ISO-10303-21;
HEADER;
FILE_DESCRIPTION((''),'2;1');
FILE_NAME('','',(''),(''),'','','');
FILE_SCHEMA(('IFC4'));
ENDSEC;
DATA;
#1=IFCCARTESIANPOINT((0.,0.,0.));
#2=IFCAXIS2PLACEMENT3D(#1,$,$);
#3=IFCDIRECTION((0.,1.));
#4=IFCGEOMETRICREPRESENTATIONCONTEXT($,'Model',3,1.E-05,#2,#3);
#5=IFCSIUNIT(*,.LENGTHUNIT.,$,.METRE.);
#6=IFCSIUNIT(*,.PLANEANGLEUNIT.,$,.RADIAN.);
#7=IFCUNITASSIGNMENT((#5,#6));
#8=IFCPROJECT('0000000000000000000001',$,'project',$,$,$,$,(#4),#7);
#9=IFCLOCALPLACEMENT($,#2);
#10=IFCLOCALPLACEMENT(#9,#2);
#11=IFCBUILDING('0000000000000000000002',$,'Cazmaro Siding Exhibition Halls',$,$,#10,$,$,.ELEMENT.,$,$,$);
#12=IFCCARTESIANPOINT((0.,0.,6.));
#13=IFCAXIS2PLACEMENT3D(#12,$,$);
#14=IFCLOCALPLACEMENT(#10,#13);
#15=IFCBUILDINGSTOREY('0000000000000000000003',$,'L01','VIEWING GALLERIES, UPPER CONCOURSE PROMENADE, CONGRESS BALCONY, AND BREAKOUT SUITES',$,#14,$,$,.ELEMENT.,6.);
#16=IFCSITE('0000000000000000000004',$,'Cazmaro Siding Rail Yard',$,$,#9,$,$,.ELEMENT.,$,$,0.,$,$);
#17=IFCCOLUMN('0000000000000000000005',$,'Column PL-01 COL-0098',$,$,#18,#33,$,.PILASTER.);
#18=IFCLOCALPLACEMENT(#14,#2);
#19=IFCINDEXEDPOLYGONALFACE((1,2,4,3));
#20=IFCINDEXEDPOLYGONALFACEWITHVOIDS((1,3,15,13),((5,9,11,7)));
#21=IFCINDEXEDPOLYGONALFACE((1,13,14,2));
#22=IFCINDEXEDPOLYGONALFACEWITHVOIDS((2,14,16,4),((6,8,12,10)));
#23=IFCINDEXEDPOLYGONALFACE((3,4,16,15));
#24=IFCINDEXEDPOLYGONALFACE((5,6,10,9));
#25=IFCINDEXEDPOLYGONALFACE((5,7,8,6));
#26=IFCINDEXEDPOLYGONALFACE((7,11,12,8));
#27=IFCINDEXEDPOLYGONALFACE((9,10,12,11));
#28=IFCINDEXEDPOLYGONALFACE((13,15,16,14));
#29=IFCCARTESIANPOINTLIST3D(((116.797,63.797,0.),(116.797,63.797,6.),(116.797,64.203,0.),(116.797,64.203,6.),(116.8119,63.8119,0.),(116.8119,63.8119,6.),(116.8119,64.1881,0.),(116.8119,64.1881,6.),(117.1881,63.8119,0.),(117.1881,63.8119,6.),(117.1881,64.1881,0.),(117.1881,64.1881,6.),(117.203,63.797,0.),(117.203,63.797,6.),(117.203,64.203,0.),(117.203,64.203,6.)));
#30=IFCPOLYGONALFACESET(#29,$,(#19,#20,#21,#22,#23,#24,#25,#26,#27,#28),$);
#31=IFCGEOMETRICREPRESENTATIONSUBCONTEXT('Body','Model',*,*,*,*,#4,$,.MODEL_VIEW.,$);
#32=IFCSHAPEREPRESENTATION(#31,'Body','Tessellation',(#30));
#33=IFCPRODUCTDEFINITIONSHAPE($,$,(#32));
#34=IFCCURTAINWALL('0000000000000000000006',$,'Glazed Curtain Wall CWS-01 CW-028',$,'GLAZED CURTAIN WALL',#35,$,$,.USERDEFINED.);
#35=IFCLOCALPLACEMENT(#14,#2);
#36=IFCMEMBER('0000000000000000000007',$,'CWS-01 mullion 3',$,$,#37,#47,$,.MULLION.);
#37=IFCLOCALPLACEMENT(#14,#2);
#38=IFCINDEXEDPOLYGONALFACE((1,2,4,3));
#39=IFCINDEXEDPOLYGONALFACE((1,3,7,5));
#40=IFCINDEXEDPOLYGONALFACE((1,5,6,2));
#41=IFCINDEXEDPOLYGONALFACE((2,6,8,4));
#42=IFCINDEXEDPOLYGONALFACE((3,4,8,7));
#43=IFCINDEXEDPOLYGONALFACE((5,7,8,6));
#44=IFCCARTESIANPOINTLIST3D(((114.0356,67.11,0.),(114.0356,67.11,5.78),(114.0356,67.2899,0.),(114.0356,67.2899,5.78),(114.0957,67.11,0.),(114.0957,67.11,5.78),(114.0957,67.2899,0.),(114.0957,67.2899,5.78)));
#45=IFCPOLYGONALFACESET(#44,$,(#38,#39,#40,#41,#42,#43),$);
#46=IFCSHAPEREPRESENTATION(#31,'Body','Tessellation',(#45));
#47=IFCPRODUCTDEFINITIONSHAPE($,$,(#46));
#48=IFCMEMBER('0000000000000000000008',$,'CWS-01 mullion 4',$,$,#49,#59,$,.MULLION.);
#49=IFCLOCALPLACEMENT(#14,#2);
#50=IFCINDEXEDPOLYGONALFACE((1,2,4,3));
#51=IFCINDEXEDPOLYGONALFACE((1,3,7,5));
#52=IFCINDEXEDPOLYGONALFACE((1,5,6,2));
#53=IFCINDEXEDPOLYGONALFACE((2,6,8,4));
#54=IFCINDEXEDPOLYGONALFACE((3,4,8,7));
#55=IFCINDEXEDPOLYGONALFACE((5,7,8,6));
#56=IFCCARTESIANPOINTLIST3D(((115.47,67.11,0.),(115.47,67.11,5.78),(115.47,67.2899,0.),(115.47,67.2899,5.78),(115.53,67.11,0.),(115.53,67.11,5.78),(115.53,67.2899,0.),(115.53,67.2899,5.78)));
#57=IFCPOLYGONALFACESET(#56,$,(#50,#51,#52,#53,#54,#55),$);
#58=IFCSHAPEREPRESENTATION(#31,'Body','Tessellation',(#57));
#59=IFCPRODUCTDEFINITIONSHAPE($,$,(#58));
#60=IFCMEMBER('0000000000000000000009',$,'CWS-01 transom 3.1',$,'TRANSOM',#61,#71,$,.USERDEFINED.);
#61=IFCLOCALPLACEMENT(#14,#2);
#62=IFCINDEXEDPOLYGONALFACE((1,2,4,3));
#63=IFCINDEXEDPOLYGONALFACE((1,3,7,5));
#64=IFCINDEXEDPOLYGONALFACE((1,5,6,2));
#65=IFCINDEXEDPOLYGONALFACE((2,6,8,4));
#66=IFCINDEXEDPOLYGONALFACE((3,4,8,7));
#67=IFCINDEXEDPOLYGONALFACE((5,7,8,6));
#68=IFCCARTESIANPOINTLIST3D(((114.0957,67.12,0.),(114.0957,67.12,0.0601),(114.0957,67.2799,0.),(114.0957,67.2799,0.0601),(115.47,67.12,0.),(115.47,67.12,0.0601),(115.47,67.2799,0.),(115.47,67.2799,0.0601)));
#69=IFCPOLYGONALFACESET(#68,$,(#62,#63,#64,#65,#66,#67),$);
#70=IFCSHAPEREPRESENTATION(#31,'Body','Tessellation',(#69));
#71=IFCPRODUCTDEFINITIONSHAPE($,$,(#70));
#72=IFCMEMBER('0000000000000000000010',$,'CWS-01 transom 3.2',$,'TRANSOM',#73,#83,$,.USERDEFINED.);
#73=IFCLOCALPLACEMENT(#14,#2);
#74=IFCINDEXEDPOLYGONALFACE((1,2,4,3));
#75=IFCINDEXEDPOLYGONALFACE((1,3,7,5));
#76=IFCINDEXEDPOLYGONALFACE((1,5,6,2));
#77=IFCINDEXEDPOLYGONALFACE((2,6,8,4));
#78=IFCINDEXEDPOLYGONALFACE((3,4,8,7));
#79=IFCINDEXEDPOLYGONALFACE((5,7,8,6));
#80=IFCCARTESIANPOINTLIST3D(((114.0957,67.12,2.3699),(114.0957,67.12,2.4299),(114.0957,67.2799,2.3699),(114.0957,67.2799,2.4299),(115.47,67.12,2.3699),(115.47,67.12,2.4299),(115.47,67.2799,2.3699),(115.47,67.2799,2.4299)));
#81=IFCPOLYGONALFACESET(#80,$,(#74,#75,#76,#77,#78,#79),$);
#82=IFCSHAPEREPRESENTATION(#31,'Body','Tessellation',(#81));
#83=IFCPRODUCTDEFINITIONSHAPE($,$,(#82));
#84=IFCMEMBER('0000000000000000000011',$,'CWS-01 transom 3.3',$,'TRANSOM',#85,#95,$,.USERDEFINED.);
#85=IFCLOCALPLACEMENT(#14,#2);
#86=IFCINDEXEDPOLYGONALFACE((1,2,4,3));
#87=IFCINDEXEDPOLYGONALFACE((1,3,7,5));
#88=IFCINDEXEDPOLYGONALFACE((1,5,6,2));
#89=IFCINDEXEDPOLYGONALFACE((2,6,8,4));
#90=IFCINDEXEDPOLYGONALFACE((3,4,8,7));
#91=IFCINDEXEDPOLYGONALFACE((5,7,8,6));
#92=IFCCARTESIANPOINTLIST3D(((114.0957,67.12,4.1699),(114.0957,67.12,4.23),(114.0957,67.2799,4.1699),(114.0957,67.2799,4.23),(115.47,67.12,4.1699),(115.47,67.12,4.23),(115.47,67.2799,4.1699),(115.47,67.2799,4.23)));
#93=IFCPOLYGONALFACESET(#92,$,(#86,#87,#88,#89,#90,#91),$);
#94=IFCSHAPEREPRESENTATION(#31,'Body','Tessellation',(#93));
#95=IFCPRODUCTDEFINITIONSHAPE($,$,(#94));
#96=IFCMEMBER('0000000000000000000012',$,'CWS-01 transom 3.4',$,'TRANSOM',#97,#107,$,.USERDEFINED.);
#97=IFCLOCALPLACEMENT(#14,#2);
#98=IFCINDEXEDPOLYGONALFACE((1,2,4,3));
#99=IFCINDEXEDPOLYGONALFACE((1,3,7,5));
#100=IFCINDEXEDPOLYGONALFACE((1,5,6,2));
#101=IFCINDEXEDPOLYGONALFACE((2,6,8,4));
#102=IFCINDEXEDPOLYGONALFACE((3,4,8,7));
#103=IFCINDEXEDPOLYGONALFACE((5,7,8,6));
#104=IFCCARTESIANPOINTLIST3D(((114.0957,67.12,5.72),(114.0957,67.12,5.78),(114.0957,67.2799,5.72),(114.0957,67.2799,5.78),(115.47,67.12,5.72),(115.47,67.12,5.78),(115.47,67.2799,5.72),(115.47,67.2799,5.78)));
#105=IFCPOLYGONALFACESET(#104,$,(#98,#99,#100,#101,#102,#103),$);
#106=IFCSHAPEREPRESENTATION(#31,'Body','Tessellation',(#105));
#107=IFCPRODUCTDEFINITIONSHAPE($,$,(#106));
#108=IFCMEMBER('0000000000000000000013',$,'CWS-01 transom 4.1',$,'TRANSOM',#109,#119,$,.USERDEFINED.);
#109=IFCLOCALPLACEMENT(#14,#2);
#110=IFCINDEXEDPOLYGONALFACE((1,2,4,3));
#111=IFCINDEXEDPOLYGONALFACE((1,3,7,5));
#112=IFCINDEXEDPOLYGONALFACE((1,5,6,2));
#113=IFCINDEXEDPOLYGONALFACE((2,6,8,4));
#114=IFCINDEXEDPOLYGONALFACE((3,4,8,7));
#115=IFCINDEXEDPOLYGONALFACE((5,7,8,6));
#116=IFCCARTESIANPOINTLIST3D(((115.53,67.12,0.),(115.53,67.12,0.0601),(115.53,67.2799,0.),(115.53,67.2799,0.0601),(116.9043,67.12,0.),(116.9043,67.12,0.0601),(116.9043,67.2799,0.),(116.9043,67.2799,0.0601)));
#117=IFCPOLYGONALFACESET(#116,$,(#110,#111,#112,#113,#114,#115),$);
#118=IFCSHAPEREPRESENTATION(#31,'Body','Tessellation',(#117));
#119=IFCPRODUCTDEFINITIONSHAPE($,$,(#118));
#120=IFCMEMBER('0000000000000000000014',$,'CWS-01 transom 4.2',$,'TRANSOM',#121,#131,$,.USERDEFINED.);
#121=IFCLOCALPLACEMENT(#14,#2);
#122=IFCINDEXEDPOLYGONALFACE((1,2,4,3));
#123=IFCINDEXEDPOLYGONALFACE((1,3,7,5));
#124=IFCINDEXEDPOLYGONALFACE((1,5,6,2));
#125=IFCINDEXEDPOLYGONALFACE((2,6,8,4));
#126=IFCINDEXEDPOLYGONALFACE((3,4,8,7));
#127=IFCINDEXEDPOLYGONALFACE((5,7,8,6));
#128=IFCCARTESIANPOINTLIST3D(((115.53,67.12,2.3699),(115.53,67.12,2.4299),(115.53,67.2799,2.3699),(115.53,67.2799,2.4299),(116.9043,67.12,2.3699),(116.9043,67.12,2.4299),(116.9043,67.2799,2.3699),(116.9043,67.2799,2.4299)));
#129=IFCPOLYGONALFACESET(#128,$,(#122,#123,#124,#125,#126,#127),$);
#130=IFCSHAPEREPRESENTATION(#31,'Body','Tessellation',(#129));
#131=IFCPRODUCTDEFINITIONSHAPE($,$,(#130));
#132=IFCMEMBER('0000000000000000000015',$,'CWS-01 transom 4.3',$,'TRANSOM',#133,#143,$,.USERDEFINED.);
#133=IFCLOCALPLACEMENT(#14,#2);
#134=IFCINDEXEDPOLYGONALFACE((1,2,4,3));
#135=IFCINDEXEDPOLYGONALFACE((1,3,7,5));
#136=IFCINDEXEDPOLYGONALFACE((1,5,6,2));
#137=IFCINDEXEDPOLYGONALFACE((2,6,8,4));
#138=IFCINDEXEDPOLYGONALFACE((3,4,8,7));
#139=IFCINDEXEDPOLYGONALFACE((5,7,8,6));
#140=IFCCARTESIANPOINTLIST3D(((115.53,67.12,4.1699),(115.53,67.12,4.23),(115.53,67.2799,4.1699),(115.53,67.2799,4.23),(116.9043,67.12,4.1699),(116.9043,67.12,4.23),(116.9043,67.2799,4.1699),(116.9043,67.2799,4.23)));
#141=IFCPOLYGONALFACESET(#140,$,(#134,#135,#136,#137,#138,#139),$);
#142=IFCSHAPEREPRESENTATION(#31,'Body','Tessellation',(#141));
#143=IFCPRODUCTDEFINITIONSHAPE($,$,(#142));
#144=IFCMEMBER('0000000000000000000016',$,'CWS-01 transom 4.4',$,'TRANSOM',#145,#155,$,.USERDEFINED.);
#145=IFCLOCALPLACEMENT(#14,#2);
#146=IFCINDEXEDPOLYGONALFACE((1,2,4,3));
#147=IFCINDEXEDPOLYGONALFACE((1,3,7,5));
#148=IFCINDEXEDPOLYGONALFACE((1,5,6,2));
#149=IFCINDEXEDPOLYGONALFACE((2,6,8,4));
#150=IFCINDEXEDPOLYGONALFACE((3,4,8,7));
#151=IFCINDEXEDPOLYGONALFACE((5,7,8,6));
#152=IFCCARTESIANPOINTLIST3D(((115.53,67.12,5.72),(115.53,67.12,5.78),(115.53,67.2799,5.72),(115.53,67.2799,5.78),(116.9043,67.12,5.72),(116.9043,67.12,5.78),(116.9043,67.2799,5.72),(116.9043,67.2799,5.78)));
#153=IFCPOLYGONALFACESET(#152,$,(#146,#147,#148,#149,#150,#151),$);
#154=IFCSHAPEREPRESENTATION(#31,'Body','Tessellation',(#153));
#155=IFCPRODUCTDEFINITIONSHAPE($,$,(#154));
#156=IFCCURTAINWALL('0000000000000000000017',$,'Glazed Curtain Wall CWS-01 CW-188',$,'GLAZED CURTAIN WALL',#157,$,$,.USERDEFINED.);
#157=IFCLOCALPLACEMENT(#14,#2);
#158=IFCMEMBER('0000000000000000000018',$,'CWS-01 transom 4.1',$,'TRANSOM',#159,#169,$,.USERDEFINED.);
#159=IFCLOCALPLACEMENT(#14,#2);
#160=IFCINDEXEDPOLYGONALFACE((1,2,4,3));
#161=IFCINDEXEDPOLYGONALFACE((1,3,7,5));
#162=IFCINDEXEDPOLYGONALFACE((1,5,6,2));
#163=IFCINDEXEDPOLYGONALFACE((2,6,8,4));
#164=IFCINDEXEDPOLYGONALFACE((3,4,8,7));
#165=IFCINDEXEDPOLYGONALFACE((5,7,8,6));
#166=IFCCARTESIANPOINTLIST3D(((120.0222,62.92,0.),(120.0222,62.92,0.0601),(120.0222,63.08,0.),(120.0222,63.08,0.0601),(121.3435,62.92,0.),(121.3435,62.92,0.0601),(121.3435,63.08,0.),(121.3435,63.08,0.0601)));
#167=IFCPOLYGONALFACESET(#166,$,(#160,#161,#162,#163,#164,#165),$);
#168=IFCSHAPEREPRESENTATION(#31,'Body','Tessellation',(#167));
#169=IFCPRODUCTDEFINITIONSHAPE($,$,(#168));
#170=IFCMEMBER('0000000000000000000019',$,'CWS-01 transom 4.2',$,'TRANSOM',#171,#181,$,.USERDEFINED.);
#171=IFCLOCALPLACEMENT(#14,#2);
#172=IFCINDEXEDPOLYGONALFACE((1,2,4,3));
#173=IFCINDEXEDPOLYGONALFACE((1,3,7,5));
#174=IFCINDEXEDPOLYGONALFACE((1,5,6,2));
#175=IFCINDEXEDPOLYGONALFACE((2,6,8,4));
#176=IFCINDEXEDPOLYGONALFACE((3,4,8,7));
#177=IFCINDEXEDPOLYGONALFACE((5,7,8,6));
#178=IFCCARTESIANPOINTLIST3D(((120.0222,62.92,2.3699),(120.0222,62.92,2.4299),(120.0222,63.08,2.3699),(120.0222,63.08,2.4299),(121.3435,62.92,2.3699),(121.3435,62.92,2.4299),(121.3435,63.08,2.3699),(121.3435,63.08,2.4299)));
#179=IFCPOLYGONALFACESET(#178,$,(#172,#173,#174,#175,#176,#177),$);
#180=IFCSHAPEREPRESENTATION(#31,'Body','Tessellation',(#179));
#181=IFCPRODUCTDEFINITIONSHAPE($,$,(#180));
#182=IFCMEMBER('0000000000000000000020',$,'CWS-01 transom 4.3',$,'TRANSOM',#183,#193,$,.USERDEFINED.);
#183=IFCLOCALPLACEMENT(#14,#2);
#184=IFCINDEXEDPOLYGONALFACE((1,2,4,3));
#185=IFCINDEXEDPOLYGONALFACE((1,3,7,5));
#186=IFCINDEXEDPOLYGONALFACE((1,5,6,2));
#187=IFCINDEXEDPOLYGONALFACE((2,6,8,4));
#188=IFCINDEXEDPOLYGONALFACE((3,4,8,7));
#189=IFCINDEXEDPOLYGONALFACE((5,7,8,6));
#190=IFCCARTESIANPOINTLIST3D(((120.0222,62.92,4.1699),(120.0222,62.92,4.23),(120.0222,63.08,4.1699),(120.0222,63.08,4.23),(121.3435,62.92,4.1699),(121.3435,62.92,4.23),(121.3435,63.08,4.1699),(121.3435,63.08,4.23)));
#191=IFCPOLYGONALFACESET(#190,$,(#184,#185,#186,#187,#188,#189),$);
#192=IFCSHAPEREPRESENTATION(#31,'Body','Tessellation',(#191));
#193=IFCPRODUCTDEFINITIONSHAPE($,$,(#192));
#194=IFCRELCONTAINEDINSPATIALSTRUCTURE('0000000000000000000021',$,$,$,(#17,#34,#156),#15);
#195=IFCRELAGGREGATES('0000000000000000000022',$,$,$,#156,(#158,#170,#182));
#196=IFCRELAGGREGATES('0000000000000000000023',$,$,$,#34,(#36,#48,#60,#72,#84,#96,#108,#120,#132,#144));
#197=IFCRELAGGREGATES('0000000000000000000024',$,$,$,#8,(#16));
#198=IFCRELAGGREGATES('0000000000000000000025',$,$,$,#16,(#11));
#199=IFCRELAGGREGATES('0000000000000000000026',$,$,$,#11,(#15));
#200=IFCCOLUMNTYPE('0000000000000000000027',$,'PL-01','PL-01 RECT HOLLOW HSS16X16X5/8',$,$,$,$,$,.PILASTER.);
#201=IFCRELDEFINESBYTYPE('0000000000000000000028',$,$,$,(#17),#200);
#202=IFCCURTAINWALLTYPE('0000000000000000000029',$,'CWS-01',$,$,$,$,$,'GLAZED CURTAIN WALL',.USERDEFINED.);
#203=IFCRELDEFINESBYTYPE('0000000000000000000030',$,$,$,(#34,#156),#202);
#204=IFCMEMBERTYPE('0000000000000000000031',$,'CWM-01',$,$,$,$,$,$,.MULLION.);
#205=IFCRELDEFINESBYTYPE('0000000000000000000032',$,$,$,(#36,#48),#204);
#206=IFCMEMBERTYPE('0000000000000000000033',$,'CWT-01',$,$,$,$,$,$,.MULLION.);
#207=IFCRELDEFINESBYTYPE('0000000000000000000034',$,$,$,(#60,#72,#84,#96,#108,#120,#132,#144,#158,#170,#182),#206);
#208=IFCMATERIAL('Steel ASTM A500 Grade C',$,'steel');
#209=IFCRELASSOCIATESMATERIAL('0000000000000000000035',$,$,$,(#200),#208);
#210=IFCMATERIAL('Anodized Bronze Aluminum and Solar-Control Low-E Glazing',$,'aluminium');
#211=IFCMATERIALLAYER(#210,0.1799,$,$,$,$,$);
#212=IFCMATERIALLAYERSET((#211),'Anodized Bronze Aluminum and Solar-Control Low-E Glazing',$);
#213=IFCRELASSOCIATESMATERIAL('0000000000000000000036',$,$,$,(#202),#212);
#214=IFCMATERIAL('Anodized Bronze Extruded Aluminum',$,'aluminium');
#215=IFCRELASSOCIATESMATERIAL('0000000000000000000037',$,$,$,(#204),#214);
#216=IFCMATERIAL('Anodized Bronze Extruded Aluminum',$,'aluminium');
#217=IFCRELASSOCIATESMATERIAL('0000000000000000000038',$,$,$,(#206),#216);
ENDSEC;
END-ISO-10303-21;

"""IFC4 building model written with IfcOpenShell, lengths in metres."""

from ifc_helpers import new_model, si_unit, direction, frame, origin, origin_2d, place, context, subcontext, project, spatial, rectangle, hollow_rectangle, extrude, material, layer, layer_set, material_profile, profile_set, type_object, element, aggregate, save


model = new_model("IFC4")

# Units and contexts
model_context = context("Model", 3, precision=1e-05, world=origin(), true_north=direction((0.0, 1.0)))
body_context = subcontext(model_context, "Body", "Model", "MODEL_VIEW")
ifc_project = project(units=[si_unit("LENGTHUNIT", "METRE"), si_unit("PLANEANGLEUNIT", "RADIAN")], contexts=[model_context])

# Site, building, storey
site_placement = place(None, origin())
site = spatial("IfcSite", under=ifc_project, at=site_placement, Name="Cazmaro Siding Rail Yard", CompositionType="ELEMENT", RefElevation=0.0)
building_placement = place(site_placement, origin())
building = spatial("IfcBuilding", under=site, at=building_placement, Name="Cazmaro Siding Exhibition Halls", CompositionType="ELEMENT")
storey_placement = place(building_placement, frame((0.0, 0.0, 6.0)))
storey = spatial("IfcBuildingStorey", under=building, at=storey_placement, Name="L01", Description="VIEWING GALLERIES, UPPER CONCOURSE PROMENADE, CONGRESS BALCONY, AND BREAKOUT SUITES", CompositionType="ELEMENT", Elevation=6.0)

# Column
ifc_material_1 = material(Name="Steel ASTM A500 Grade C", Category="steel")
ifc_material_profile_1 = material_profile(ifc_material_1, hollow_rectangle(XDim=0.406, YDim=0.406, WallThickness=0.0149, at=origin_2d()), Name="HSS16X16X5/8")
ifc_profile_set_1 = profile_set([ifc_material_profile_1], Name="Steel ASTM A500 Grade C")
column_type = type_object("IfcColumnType", Name="PL-01", Description="PL-01 RECT HOLLOW HSS16X16X5/8", PredefinedType="PILASTER", material=ifc_profile_set_1)
column_placement = place(storey_placement, frame((117.0, 64.0, 0.0), z_axis=(0.0, 0.0, 1.0), x_axis=(1.0, 0.0, 0.0)))
element("IfcColumn", 1, at=column_placement, inside=storey, type_object=column_type, Name="Column PL-01 COL-0098", PredefinedType="PILASTER", context=body_context, shape_type="SweptSolid", body=[
    extrude(hollow_rectangle(XDim=0.406, YDim=0.406, WallThickness=0.0149, at=origin_2d()), origin(), (0.0, 0.0, 1.0), 6.0),
])

# Curtain walls, members
ifc_material_2 = material(Name="Anodized Bronze Aluminum and Solar-Control Low-E Glazing", Category="aluminium")
ifc_layer_1 = layer(ifc_material_2, 0.1799)
ifc_layer_set_1 = layer_set([ifc_layer_1], Name="Anodized Bronze Aluminum and Solar-Control Low-E Glazing")
curtain_wall_type = type_object("IfcCurtainWallType", Name="CWS-01", ElementType="GLAZED CURTAIN WALL", PredefinedType="USERDEFINED", material=ifc_layer_set_1)
curtain_wall_1_placement = place(storey_placement, origin())
curtain_wall_1 = element("IfcCurtainWall", 2, at=curtain_wall_1_placement, inside=storey, type_object=curtain_wall_type, Name="Glazed Curtain Wall CWS-01 CW-028", ObjectType="GLAZED CURTAIN WALL", PredefinedType="USERDEFINED")
ifc_material_3 = material(Name="Anodized Bronze Extruded Aluminum", Category="aluminium")
ifc_material_profile_2 = material_profile(ifc_material_3, rectangle(XDim=0.1799, YDim=0.0601, at=origin_2d()), Name="CWM-01")
ifc_profile_set_2 = profile_set([ifc_material_profile_2], Name="Anodized Bronze Extruded Aluminum")
member_type_1 = type_object("IfcMemberType", Name="CWM-01", PredefinedType="MULLION", material=ifc_profile_set_2)
member_1_placement = place(storey_placement, frame((114.0657, 67.2, 0.0), z_axis=(0.0, 0.0, 1.0), x_axis=(0.0, 1.0, 0.0)))
member_1 = element("IfcMember", 3, at=member_1_placement, type_object=member_type_1, Name="CWS-01 mullion 3", PredefinedType="MULLION", context=body_context, shape_type="SweptSolid", body=[
    extrude(rectangle(XDim=0.1799, YDim=0.0601, at=origin_2d()), origin(), (0.0, 0.0, 1.0), 5.78),
])
member_2_placement = place(storey_placement, frame((115.5, 67.2, 0.0), z_axis=(0.0, 0.0, 1.0), x_axis=(0.0, 1.0, 0.0)))
member_2 = element("IfcMember", 4, at=member_2_placement, type_object=member_type_1, Name="CWS-01 mullion 4", PredefinedType="MULLION", context=body_context, shape_type="SweptSolid", body=[
    extrude(rectangle(XDim=0.1799, YDim=0.0601, at=origin_2d()), origin(), (0.0, 0.0, 1.0), 5.78),
])
ifc_material_4 = material(Name="Anodized Bronze Extruded Aluminum", Category="aluminium")
ifc_material_profile_3 = material_profile(ifc_material_4, rectangle(XDim=0.1599, YDim=0.0601, at=origin_2d()), Name="CWT-01")
ifc_profile_set_3 = profile_set([ifc_material_profile_3], Name="Anodized Bronze Extruded Aluminum")
member_type_2 = type_object("IfcMemberType", Name="CWT-01", PredefinedType="MULLION", material=ifc_profile_set_3)
member_3_placement = place(storey_placement, frame((114.0957, 67.2, 0.03), z_axis=(1.0, 0.0, 0.0), x_axis=(0.0, 1.0, 0.0)))
member_3 = element("IfcMember", 5, at=member_3_placement, type_object=member_type_2, Name="CWS-01 transom 3.1", ObjectType="TRANSOM", PredefinedType="USERDEFINED", context=body_context, shape_type="SweptSolid", body=[
    extrude(rectangle(XDim=0.1599, YDim=0.0601, at=origin_2d()), origin(), (0.0, 0.0, 1.0), 1.3743),
])
member_4_placement = place(storey_placement, frame((114.0957, 67.2, 2.3999), z_axis=(1.0, 0.0, 0.0), x_axis=(0.0, 1.0, 0.0)))
member_4 = element("IfcMember", 6, at=member_4_placement, type_object=member_type_2, Name="CWS-01 transom 3.2", ObjectType="TRANSOM", PredefinedType="USERDEFINED", context=body_context, shape_type="SweptSolid", body=[
    extrude(rectangle(XDim=0.1599, YDim=0.0601, at=origin_2d()), origin(), (0.0, 0.0, 1.0), 1.3743),
])
member_5_placement = place(storey_placement, frame((114.0957, 67.2, 4.2), z_axis=(1.0, 0.0, 0.0), x_axis=(0.0, 1.0, 0.0)))
member_5 = element("IfcMember", 7, at=member_5_placement, type_object=member_type_2, Name="CWS-01 transom 3.3", ObjectType="TRANSOM", PredefinedType="USERDEFINED", context=body_context, shape_type="SweptSolid", body=[
    extrude(rectangle(XDim=0.1599, YDim=0.0601, at=origin_2d()), origin(), (0.0, 0.0, 1.0), 1.3743),
])
member_6_placement = place(storey_placement, frame((114.0957, 67.2, 5.75), z_axis=(1.0, 0.0, 0.0), x_axis=(0.0, 1.0, 0.0)))
member_6 = element("IfcMember", 8, at=member_6_placement, type_object=member_type_2, Name="CWS-01 transom 3.4", ObjectType="TRANSOM", PredefinedType="USERDEFINED", context=body_context, shape_type="SweptSolid", body=[
    extrude(rectangle(XDim=0.1599, YDim=0.0601, at=origin_2d()), origin(), (0.0, 0.0, 1.0), 1.3743),
])
member_7_placement = place(storey_placement, frame((115.53, 67.2, 0.03), z_axis=(1.0, 0.0, 0.0), x_axis=(0.0, 1.0, 0.0)))
member_7 = element("IfcMember", 9, at=member_7_placement, type_object=member_type_2, Name="CWS-01 transom 4.1", ObjectType="TRANSOM", PredefinedType="USERDEFINED", context=body_context, shape_type="SweptSolid", body=[
    extrude(rectangle(XDim=0.1599, YDim=0.0601, at=origin_2d()), origin(), (0.0, 0.0, 1.0), 1.3743),
])
member_8_placement = place(storey_placement, frame((115.53, 67.2, 2.3999), z_axis=(1.0, 0.0, 0.0), x_axis=(0.0, 1.0, 0.0)))
member_8 = element("IfcMember", 10, at=member_8_placement, type_object=member_type_2, Name="CWS-01 transom 4.2", ObjectType="TRANSOM", PredefinedType="USERDEFINED", context=body_context, shape_type="SweptSolid", body=[
    extrude(rectangle(XDim=0.1599, YDim=0.0601, at=origin_2d()), origin(), (0.0, 0.0, 1.0), 1.3743),
])
member_9_placement = place(storey_placement, frame((115.53, 67.2, 4.2), z_axis=(1.0, 0.0, 0.0), x_axis=(0.0, 1.0, 0.0)))
member_9 = element("IfcMember", 11, at=member_9_placement, type_object=member_type_2, Name="CWS-01 transom 4.3", ObjectType="TRANSOM", PredefinedType="USERDEFINED", context=body_context, shape_type="SweptSolid", body=[
    extrude(rectangle(XDim=0.1599, YDim=0.0601, at=origin_2d()), origin(), (0.0, 0.0, 1.0), 1.3743),
])
member_10_placement = place(storey_placement, frame((115.53, 67.2, 5.75), z_axis=(1.0, 0.0, 0.0), x_axis=(0.0, 1.0, 0.0)))
member_10 = element("IfcMember", 12, at=member_10_placement, type_object=member_type_2, Name="CWS-01 transom 4.4", ObjectType="TRANSOM", PredefinedType="USERDEFINED", context=body_context, shape_type="SweptSolid", body=[
    extrude(rectangle(XDim=0.1599, YDim=0.0601, at=origin_2d()), origin(), (0.0, 0.0, 1.0), 1.3743),
])
curtain_wall_2_placement = place(storey_placement, origin())
curtain_wall_2 = element("IfcCurtainWall", 13, at=curtain_wall_2_placement, inside=storey, type_object=curtain_wall_type, Name="Glazed Curtain Wall CWS-01 CW-188", ObjectType="GLAZED CURTAIN WALL", PredefinedType="USERDEFINED")
member_11_placement = place(storey_placement, frame((121.3435, 63.0, 0.03), z_axis=(-1.0, 0.0, 0.0), x_axis=(0.0, -1.0, 0.0)))
member_11 = element("IfcMember", 14, at=member_11_placement, type_object=member_type_2, Name="CWS-01 transom 4.1", ObjectType="TRANSOM", PredefinedType="USERDEFINED", context=body_context, shape_type="SweptSolid", body=[
    extrude(rectangle(XDim=0.1599, YDim=0.0601, at=origin_2d()), origin(), (0.0, 0.0, 1.0), 1.3213),
])
member_12_placement = place(storey_placement, frame((121.3435, 63.0, 2.3999), z_axis=(-1.0, 0.0, 0.0), x_axis=(0.0, -1.0, 0.0)))
member_12 = element("IfcMember", 15, at=member_12_placement, type_object=member_type_2, Name="CWS-01 transom 4.2", ObjectType="TRANSOM", PredefinedType="USERDEFINED", context=body_context, shape_type="SweptSolid", body=[
    extrude(rectangle(XDim=0.1599, YDim=0.0601, at=origin_2d()), origin(), (0.0, 0.0, 1.0), 1.3213),
])
member_13_placement = place(storey_placement, frame((121.3435, 63.0, 4.2), z_axis=(-1.0, 0.0, 0.0), x_axis=(0.0, -1.0, 0.0)))
member_13 = element("IfcMember", 16, at=member_13_placement, type_object=member_type_2, Name="CWS-01 transom 4.3", ObjectType="TRANSOM", PredefinedType="USERDEFINED", context=body_context, shape_type="SweptSolid", body=[
    extrude(rectangle(XDim=0.1599, YDim=0.0601, at=origin_2d()), origin(), (0.0, 0.0, 1.0), 1.3213),
])
aggregate(curtain_wall_2, [member_11, member_12, member_13])

aggregate(curtain_wall_1, [member_1, member_2, member_3, member_4, member_5, member_6, member_7, member_8, member_9, member_10])

save(model, "model.ifc")
